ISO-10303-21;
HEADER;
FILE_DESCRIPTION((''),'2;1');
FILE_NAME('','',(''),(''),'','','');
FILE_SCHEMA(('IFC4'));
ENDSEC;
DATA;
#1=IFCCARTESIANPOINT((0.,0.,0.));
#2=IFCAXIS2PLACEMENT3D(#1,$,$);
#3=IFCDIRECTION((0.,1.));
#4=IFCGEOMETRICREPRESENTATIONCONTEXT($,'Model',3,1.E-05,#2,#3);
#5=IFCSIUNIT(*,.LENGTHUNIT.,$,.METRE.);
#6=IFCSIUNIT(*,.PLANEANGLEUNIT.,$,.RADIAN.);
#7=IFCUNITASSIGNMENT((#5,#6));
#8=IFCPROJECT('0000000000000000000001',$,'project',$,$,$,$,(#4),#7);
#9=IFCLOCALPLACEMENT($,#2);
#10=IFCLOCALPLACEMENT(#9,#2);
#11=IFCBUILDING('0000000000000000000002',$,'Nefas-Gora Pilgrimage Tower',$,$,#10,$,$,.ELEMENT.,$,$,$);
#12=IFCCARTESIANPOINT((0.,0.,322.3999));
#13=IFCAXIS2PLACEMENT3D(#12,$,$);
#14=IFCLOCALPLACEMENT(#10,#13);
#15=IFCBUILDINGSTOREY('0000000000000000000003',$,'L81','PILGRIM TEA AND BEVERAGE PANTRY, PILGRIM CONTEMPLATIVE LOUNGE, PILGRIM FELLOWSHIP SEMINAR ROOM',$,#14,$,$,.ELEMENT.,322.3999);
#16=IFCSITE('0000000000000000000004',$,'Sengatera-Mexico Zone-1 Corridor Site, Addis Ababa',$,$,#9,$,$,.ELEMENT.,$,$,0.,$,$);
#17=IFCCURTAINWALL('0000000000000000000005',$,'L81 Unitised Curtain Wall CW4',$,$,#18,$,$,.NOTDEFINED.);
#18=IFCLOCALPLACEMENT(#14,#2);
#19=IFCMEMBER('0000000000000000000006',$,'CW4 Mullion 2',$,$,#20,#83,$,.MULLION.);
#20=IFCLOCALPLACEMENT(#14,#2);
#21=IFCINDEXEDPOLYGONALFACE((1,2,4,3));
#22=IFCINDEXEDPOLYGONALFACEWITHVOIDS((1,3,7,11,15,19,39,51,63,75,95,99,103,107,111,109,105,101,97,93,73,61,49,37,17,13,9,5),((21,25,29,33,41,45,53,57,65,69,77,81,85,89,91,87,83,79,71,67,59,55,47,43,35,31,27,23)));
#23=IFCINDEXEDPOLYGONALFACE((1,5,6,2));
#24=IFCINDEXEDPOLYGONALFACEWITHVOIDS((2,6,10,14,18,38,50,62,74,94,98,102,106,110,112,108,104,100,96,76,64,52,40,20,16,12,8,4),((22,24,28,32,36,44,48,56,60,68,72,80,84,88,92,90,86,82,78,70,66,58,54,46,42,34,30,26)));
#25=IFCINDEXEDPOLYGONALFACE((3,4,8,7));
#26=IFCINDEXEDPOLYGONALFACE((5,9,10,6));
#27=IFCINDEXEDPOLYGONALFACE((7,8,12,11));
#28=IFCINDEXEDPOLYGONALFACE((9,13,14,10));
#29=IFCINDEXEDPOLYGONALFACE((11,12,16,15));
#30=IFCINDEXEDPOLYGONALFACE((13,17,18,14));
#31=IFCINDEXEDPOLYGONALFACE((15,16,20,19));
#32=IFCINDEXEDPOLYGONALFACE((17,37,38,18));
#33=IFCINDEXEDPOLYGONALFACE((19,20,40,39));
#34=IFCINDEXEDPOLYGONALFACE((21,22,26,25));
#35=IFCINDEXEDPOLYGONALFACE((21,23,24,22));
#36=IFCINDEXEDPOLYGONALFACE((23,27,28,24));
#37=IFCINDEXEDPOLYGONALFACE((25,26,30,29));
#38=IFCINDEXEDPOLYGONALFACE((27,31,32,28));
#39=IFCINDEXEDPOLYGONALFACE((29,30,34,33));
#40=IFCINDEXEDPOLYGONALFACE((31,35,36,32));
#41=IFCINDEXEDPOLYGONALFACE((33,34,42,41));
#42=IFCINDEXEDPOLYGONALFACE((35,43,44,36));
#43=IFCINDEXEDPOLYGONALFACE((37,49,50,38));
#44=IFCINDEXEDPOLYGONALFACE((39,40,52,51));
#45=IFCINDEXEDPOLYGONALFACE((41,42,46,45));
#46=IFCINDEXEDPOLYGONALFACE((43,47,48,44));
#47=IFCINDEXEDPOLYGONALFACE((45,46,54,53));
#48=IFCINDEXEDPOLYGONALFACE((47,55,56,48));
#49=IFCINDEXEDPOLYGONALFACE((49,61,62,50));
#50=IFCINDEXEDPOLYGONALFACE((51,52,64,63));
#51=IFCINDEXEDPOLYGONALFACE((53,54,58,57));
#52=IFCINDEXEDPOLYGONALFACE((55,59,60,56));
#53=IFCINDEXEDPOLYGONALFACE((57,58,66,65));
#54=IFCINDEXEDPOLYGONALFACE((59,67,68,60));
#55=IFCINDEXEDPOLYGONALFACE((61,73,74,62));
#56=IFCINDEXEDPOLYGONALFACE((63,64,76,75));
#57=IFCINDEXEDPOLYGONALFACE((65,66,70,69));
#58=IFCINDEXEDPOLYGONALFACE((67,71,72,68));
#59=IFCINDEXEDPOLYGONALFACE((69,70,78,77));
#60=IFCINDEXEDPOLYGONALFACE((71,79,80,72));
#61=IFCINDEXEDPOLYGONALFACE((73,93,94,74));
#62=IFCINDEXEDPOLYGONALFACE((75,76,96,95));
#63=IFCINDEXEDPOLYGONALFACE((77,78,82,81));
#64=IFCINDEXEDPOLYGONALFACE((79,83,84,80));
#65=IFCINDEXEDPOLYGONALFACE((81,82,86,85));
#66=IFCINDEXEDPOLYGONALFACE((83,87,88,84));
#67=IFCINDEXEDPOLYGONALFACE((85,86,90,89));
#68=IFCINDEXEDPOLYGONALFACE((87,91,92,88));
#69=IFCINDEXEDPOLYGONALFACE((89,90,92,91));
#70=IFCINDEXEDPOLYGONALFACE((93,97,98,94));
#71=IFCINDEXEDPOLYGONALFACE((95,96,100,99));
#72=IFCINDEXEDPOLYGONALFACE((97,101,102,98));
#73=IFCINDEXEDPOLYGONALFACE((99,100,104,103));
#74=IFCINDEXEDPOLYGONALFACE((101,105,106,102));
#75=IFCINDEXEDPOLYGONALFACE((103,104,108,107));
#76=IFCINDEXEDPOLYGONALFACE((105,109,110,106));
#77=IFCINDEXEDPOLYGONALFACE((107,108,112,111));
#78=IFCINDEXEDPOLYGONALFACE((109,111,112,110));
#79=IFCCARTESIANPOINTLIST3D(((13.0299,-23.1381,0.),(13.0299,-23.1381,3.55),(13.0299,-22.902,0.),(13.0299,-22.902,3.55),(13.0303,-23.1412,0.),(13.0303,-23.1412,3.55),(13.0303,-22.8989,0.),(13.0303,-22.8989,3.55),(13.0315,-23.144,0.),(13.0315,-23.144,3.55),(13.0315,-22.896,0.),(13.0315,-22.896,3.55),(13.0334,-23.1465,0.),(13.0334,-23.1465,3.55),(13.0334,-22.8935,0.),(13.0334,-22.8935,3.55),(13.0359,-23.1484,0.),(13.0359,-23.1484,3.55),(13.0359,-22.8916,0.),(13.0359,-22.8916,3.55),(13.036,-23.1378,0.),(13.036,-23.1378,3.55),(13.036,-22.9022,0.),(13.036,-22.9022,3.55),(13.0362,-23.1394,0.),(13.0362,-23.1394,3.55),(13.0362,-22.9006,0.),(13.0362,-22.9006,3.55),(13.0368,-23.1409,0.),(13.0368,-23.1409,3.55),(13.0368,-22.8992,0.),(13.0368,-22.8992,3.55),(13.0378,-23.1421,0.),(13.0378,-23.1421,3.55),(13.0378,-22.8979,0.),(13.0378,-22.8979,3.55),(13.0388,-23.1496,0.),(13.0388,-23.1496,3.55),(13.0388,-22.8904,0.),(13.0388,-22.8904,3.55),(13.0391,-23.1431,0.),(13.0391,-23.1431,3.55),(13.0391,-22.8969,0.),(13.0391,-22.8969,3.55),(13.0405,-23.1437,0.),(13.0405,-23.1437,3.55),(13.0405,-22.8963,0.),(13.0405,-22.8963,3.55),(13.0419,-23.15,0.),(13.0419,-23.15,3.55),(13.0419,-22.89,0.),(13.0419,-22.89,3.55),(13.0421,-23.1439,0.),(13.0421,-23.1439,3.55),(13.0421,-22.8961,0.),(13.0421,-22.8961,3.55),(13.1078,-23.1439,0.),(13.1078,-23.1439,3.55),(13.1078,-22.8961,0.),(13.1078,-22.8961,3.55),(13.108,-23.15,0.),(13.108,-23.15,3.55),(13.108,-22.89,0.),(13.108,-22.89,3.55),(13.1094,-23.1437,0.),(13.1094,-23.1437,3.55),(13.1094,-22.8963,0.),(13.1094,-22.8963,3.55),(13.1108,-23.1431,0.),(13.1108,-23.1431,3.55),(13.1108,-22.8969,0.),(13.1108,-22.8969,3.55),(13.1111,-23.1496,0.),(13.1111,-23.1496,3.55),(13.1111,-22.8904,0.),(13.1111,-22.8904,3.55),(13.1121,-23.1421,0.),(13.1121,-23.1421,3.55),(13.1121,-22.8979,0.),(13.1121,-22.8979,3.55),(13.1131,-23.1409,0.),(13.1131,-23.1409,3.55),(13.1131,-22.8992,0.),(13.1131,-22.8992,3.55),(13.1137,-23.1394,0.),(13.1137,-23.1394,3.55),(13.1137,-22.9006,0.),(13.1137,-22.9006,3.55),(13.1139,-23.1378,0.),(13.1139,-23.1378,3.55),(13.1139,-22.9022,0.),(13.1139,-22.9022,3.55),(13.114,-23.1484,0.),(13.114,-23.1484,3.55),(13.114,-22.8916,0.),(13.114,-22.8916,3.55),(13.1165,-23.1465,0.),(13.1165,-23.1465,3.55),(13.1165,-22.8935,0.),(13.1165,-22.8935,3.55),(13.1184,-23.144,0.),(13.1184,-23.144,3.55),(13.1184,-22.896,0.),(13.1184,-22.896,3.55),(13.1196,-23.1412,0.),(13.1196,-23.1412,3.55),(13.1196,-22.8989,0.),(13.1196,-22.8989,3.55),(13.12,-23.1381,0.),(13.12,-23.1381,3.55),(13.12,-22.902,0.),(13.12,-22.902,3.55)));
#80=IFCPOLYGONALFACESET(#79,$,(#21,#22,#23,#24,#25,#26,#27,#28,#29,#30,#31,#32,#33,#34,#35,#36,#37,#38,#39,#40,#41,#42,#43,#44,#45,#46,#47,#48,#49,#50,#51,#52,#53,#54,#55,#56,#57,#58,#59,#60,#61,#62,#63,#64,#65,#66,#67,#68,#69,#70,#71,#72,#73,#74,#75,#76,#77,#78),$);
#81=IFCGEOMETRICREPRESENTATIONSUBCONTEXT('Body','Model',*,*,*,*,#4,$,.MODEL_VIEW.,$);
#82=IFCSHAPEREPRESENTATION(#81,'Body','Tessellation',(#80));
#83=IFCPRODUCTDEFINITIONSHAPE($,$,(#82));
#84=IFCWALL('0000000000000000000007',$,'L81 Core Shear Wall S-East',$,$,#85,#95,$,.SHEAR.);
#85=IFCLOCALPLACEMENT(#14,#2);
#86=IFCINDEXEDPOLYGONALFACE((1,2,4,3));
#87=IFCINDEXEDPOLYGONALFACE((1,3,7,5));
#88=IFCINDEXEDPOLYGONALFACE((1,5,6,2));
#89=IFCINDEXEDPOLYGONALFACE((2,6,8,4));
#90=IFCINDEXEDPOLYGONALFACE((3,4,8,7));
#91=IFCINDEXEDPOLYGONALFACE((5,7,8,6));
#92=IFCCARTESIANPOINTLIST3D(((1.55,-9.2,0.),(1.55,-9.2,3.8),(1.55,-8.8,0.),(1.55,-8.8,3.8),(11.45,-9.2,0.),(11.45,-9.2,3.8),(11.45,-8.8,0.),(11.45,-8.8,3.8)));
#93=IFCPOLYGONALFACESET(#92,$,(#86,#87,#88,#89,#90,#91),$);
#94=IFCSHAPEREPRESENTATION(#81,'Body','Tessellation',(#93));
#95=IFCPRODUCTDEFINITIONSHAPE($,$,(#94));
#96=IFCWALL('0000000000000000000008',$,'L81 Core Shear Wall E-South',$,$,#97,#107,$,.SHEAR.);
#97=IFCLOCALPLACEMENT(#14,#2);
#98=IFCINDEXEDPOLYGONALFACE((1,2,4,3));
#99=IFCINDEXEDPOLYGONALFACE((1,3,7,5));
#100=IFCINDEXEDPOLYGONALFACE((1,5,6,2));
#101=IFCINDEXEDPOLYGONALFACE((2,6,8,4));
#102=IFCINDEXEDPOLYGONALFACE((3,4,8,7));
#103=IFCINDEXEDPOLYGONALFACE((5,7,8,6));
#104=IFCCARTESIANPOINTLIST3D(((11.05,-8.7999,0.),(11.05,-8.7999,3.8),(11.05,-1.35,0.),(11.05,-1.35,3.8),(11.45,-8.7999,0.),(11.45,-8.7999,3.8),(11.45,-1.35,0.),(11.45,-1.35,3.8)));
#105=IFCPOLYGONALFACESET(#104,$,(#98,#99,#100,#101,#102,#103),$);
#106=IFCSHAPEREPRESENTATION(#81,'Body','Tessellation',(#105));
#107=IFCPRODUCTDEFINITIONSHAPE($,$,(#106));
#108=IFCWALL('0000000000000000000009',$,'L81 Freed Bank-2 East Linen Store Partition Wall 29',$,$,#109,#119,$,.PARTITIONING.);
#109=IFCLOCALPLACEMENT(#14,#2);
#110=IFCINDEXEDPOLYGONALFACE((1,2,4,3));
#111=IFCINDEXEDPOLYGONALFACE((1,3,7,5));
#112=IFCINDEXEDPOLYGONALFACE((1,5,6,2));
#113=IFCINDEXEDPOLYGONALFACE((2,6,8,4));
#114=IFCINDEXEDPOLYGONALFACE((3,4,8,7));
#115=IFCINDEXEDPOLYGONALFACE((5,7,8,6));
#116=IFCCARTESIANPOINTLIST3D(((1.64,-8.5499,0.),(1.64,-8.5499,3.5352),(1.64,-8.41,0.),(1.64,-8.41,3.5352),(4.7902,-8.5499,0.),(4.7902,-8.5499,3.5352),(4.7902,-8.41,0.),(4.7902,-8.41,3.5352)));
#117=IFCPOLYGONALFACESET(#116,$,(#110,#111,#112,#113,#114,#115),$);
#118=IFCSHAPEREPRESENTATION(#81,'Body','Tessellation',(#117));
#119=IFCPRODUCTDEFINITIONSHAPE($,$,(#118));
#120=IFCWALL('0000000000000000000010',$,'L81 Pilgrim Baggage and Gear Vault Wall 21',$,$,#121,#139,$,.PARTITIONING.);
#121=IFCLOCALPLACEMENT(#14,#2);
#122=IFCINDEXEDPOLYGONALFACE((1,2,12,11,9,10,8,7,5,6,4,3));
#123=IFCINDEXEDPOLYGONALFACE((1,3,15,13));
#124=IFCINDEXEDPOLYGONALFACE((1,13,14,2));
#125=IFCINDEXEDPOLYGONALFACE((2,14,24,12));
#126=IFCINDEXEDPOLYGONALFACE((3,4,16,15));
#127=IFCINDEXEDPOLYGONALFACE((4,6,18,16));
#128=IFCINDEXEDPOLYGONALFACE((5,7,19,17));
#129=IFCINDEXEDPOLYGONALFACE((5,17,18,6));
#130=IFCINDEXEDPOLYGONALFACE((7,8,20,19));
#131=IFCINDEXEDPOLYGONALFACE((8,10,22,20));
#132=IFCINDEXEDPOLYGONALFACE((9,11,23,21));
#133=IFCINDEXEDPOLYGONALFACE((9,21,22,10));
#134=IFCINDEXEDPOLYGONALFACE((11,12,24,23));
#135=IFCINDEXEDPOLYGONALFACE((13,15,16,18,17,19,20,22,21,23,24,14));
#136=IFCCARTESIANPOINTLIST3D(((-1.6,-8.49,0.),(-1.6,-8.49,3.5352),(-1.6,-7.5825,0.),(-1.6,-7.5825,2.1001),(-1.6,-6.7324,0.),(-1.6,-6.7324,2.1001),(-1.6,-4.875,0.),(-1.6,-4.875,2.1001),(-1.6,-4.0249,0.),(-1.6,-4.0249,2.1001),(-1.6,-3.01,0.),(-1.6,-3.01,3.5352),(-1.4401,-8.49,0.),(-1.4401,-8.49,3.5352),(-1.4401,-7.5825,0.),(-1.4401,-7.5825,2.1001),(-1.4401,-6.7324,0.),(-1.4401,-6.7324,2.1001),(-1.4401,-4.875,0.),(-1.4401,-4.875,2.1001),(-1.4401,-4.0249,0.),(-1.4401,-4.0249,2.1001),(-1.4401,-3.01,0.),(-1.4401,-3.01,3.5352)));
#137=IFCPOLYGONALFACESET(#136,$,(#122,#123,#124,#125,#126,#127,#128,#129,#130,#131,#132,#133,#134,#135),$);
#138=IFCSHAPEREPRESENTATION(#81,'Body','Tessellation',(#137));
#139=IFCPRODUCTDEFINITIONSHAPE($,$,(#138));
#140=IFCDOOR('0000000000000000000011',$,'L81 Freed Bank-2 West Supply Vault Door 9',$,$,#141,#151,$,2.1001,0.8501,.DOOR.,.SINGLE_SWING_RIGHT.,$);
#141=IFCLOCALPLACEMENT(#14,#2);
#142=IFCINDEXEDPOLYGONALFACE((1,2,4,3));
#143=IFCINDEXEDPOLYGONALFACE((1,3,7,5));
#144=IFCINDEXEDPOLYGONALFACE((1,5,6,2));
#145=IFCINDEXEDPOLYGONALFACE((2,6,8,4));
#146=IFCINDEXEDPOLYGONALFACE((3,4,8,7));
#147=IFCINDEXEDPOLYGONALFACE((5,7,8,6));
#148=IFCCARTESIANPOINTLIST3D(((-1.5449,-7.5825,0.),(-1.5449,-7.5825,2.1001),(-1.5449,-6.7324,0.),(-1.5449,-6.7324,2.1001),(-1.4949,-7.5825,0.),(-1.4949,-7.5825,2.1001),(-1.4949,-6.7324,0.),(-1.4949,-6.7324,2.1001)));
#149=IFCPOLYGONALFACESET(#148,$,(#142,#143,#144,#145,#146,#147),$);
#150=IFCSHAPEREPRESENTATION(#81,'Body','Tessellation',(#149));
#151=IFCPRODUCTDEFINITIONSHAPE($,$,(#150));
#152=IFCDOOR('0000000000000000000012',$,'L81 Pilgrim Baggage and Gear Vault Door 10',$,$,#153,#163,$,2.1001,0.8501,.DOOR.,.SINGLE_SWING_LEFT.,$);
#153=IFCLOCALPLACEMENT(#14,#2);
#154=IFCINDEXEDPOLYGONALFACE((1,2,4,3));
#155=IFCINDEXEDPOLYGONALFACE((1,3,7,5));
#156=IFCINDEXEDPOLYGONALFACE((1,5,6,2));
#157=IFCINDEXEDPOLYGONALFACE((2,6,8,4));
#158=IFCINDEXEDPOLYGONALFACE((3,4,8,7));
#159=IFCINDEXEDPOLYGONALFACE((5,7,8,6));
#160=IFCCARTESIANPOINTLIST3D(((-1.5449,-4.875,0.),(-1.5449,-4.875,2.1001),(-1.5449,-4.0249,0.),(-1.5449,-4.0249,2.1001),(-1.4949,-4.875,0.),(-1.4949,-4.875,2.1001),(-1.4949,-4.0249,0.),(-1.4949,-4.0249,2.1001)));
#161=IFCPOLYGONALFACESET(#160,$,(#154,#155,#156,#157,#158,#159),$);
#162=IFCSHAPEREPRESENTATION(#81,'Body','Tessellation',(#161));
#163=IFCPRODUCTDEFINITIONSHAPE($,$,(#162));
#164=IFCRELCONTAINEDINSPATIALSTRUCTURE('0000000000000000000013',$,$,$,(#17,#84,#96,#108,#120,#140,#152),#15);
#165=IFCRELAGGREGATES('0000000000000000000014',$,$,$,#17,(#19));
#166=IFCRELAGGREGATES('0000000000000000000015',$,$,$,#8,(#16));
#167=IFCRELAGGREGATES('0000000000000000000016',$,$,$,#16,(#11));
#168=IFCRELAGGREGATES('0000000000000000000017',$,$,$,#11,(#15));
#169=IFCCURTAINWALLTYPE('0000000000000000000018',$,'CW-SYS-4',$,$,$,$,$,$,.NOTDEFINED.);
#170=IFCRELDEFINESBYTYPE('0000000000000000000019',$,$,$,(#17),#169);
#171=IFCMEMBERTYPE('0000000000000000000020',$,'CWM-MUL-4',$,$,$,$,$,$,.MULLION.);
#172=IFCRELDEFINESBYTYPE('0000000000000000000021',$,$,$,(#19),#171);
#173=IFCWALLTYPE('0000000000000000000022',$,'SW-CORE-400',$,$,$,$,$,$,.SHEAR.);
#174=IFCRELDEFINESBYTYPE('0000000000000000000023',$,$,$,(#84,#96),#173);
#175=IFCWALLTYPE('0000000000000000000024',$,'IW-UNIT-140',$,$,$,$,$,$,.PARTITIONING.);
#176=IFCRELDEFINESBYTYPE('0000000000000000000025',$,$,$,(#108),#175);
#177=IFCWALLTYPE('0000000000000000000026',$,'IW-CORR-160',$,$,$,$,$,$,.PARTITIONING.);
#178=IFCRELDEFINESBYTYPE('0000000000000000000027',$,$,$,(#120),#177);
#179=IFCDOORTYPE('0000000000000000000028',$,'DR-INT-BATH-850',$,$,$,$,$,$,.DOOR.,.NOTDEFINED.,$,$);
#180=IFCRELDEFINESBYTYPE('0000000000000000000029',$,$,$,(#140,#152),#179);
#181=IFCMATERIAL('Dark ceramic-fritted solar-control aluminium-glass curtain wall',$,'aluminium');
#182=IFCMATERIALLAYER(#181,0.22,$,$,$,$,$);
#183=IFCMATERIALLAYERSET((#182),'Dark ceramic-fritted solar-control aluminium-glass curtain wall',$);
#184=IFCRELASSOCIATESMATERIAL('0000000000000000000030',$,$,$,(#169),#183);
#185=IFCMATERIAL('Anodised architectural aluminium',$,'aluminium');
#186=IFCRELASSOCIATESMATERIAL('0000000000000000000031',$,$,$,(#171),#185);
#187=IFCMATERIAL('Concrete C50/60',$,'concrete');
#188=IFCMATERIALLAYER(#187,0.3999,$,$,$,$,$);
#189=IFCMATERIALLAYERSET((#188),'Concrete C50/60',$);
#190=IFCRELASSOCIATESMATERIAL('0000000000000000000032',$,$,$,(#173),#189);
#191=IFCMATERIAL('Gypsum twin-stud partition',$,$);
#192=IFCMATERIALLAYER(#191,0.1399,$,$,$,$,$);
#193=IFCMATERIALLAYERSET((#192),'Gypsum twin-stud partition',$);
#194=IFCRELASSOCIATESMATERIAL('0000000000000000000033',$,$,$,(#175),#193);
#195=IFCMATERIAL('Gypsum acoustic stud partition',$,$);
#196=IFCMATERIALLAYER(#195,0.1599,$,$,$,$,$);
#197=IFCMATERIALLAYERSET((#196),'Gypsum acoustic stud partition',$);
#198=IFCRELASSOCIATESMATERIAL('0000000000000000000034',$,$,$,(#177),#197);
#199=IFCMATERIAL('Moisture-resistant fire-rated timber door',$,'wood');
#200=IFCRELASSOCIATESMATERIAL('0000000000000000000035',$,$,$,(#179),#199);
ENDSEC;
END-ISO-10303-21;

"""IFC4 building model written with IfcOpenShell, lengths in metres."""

from ifc_helpers import new_model, si_unit, direction, frame, frame_2d, origin, origin_2d, place, context, subcontext, project, spatial, rectangle, hollow_rectangle, extrude, source, transform, mapped, material, layer, layer_set, material_profile, profile_set, type_object, element, fill, aggregate, save


model = new_model("IFC4")

# Units and contexts
model_context = context("Model", 3, precision=1e-05, world=origin(), true_north=direction((0.0, 1.0)))
body_context = subcontext(model_context, "Body", "Model", "MODEL_VIEW")
ifc_project = project(units=[si_unit("LENGTHUNIT", "METRE"), si_unit("PLANEANGLEUNIT", "RADIAN")], contexts=[model_context])

# Site, building, storey
site_placement = place(None, origin())
site = spatial("IfcSite", under=ifc_project, at=site_placement, Name="Sengatera-Mexico Zone-1 Corridor Site, Addis Ababa", CompositionType="ELEMENT", RefElevation=0.0)
building_placement = place(site_placement, origin())
building = spatial("IfcBuilding", under=site, at=building_placement, Name="Nefas-Gora Pilgrimage Tower", CompositionType="ELEMENT")
storey_placement = place(building_placement, frame((0.0, 0.0, 322.3999)))
storey = spatial("IfcBuildingStorey", under=building, at=storey_placement, Name="L81", Description="PILGRIM TEA AND BEVERAGE PANTRY, PILGRIM CONTEMPLATIVE LOUNGE, PILGRIM FELLOWSHIP SEMINAR ROOM", CompositionType="ELEMENT", Elevation=322.3999)

# Shared definitions
ifc_material_1 = material(Name="Concrete C50/60", Category="concrete")

# Curtain wall, member
ifc_material_2 = material(Name="Dark ceramic-fritted solar-control aluminium-glass curtain wall", Category="aluminium")
ifc_layer_1 = layer(ifc_material_2, 0.22)
ifc_layer_set_1 = layer_set([ifc_layer_1], Name="Dark ceramic-fritted solar-control aluminium-glass curtain wall")
curtain_wall_type = type_object("IfcCurtainWallType", Name="CW-SYS-4", PredefinedType="NOTDEFINED", material=ifc_layer_set_1)
curtain_wall_placement = place(storey_placement, origin())
curtain_wall = element("IfcCurtainWall", 1, at=curtain_wall_placement, inside=storey, type_object=curtain_wall_type, Name="L81 Unitised Curtain Wall CW4", PredefinedType="NOTDEFINED")
ifc_material_3 = material(Name="Anodised architectural aluminium", Category="aluminium")
ifc_material_profile_1 = material_profile(ifc_material_3, hollow_rectangle(XDim=0.0901, YDim=0.26, WallThickness=0.0061, InnerFilletRadius=0.0061, OuterFilletRadius=0.012, at=origin_2d()), Name="ALU MULLION 90x260")
ifc_profile_set_1 = profile_set([ifc_material_profile_1], Name="Anodised architectural aluminium")
member_type = type_object("IfcMemberType", Name="CWM-MUL-4", PredefinedType="MULLION", material=ifc_profile_set_1)
shared_shape_1 = source(origin(), body_context, "Body", "SweptSolid", [
    extrude(hollow_rectangle(XDim=0.0901, YDim=0.26, WallThickness=0.0061, InnerFilletRadius=0.0061, OuterFilletRadius=0.012, at=origin_2d()), origin(), (0.0, 0.0, 1.0), 3.55),
])
member_placement = place(storey_placement, frame((13.075, -23.02, 0.0), z_axis=(0.0, 0.0, 1.0), x_axis=(1.0, 0.0, 0.0)))
member = element("IfcMember", 2, at=member_placement, type_object=member_type, Name="CW4 Mullion 2", PredefinedType="MULLION", context=body_context, shape_type="MappedRepresentation", body=[
    mapped(shared_shape_1, transform((0.0, 0.0, 0.0), x_axis=(1.0, 0.0, 0.0), y_axis=(0.0, 1.0, 0.0), z_axis=(0.0, 0.0, 1.0), scale=1.0)),
])
aggregate(curtain_wall, [member])

# Walls
ifc_layer_2 = layer(ifc_material_1, 0.3999)
ifc_layer_set_2 = layer_set([ifc_layer_2], Name="Concrete C50/60")
wall_type_1 = type_object("IfcWallType", Name="SW-CORE-400", PredefinedType="SHEAR", material=ifc_layer_set_2)
shared_shape_2 = source(origin(), body_context, "Body", "SweptSolid", [
    extrude(rectangle(XDim=9.8999, YDim=0.3999, at=frame_2d((4.95, 0.0))), origin(), (0.0, 0.0, 1.0), 3.8),
])
wall_1_placement = place(storey_placement, frame((1.55, -9.0, 0.0), z_axis=(0.0, 0.0, 1.0), x_axis=(1.0, 0.0, 0.0)))
element("IfcWall", 3, at=wall_1_placement, inside=storey, type_object=wall_type_1, Name="L81 Core Shear Wall S-East", PredefinedType="SHEAR", context=body_context, shape_type="MappedRepresentation", body=[
    mapped(shared_shape_2, transform((0.0, 0.0, 0.0), x_axis=(1.0, 0.0, 0.0), y_axis=(0.0, 1.0, 0.0), z_axis=(0.0, 0.0, 1.0), scale=1.0)),
])
shared_shape_3 = source(origin(), body_context, "Body", "SweptSolid", [
    extrude(rectangle(XDim=7.45, YDim=0.3999, at=frame_2d((3.7251, 0.0))), origin(), (0.0, 0.0, 1.0), 3.8),
])
wall_2_placement = place(storey_placement, frame((11.25, -8.8, 0.0), z_axis=(0.0, 0.0, 1.0), x_axis=(0.0, 1.0, 0.0)))
element("IfcWall", 4, at=wall_2_placement, inside=storey, type_object=wall_type_1, Name="L81 Core Shear Wall E-South", PredefinedType="SHEAR", context=body_context, shape_type="MappedRepresentation", body=[
    mapped(shared_shape_3, transform((0.0, 0.0, 0.0), x_axis=(1.0, 0.0, 0.0), y_axis=(0.0, 1.0, 0.0), z_axis=(0.0, 0.0, 1.0), scale=1.0)),
])
ifc_material_4 = material(Name="Gypsum twin-stud partition")
ifc_layer_3 = layer(ifc_material_4, 0.1399)
ifc_layer_set_3 = layer_set([ifc_layer_3], Name="Gypsum twin-stud partition")
wall_type_2 = type_object("IfcWallType", Name="IW-UNIT-140", PredefinedType="PARTITIONING", material=ifc_layer_set_3)
shared_shape_4 = source(origin(), body_context, "Body", "SweptSolid", [
    extrude(rectangle(XDim=3.1501, YDim=0.1399, at=frame_2d((1.5752, 0.0))), origin(), (0.0, 0.0, 1.0), 3.5352),
])
wall_3_placement = place(storey_placement, frame((1.6399, -8.48, 0.0), z_axis=(0.0, 0.0, 1.0), x_axis=(1.0, 0.0, 0.0)))
element("IfcWall", 5, at=wall_3_placement, inside=storey, type_object=wall_type_2, Name="L81 Freed Bank-2 East Linen Store Partition Wall 29", PredefinedType="PARTITIONING", context=body_context, shape_type="MappedRepresentation", body=[
    mapped(shared_shape_4, transform((0.0, 0.0, 0.0), x_axis=(1.0, 0.0, 0.0), y_axis=(0.0, 1.0, 0.0), z_axis=(0.0, 0.0, 1.0), scale=1.0)),
])

# Wall, openings, doors
ifc_material_5 = material(Name="Gypsum acoustic stud partition")
ifc_layer_4 = layer(ifc_material_5, 0.1599)
ifc_layer_set_4 = layer_set([ifc_layer_4], Name="Gypsum acoustic stud partition")
wall_type_3 = type_object("IfcWallType", Name="IW-CORR-160", PredefinedType="PARTITIONING", material=ifc_layer_set_4)
shared_shape_5 = source(origin(), body_context, "Body", "SweptSolid", [
    extrude(rectangle(XDim=5.48, YDim=0.1599, at=frame_2d((2.74, 0.0))), origin(), (0.0, 0.0, 1.0), 3.5352),
])
wall_4_placement = place(storey_placement, frame((-1.52, -8.49, 0.0), z_axis=(0.0, 0.0, 1.0), x_axis=(0.0, 1.0, 0.0)))
wall_4 = element("IfcWall", 6, at=wall_4_placement, inside=storey, type_object=wall_type_3, Name="L81 Pilgrim Baggage and Gear Vault Wall 21", PredefinedType="PARTITIONING", context=body_context, shape_type="MappedRepresentation", body=[
    mapped(shared_shape_5, transform((0.0, 0.0, 0.0), x_axis=(1.0, 0.0, 0.0), y_axis=(0.0, 1.0, 0.0), z_axis=(0.0, 0.0, 1.0), scale=1.0)),
])
opening_1_placement = place(wall_4_placement, frame((0.9075, 0.0, 0.0)))
opening_1 = element("IfcOpeningElement", 7, at=opening_1_placement, cuts=wall_4, PredefinedType="OPENING", context=body_context, shape_type="SweptSolid", body=[
    extrude(rectangle(XDim=0.8501, YDim=2.1001, at=frame_2d((0.425, 1.05))), frame((0.0, 0.0898, 0.0), z_axis=(0.0, -1.0, 0.0), x_axis=(1.0, 0.0, 0.0)), (0.0, 0.0, 1.0), 0.1799),
])
opening_2_placement = place(wall_4_placement, frame((3.615, 0.0, 0.0)))
opening_2 = element("IfcOpeningElement", 8, at=opening_2_placement, cuts=wall_4, PredefinedType="OPENING", context=body_context, shape_type="SweptSolid", body=[
    extrude(rectangle(XDim=0.8501, YDim=2.1001, at=frame_2d((0.425, 1.05))), frame((0.0, 0.0898, 0.0), z_axis=(0.0, -1.0, 0.0), x_axis=(1.0, 0.0, 0.0)), (0.0, 0.0, 1.0), 0.1799),
])
ifc_material_6 = material(Name="Moisture-resistant fire-rated timber door", Category="wood")
door_type_1 = type_object("IfcDoorType", Name="DR-INT-BATH-850", OperationType="NOTDEFINED", PredefinedType="DOOR", material=ifc_material_6)
shared_shape_6 = source(origin(), body_context, "Body", "SweptSolid", [
    extrude(rectangle(XDim=0.8501, YDim=2.1001, at=frame_2d((0.425, 1.05))), frame((0.0, 0.0249, 0.0), z_axis=(0.0, -1.0, 0.0), x_axis=(1.0, 0.0, 0.0)), (0.0, 0.0, 1.0), 0.05),
])
door_1_placement = place(opening_1_placement, origin())
door_1 = element("IfcDoor", 9, at=door_1_placement, inside=storey, type_object=door_type_1, Name="L81 Freed Bank-2 West Supply Vault Door 9", OperationType="SINGLE_SWING_RIGHT", OverallHeight=2.1001, OverallWidth=0.8501, PredefinedType="DOOR", context=body_context, shape_type="MappedRepresentation", body=[
    mapped(shared_shape_6, transform((0.0, 0.0, 0.0), x_axis=(1.0, 0.0, 0.0), y_axis=(0.0, 1.0, 0.0), z_axis=(0.0, 0.0, 1.0), scale=1.0)),
])
fill(opening_1, door_1)
door_2_placement = place(opening_2_placement, origin())
door_2 = element("IfcDoor", 10, at=door_2_placement, inside=storey, type_object=door_type_1, Name="L81 Pilgrim Baggage and Gear Vault Door 10", OperationType="SINGLE_SWING_LEFT", OverallHeight=2.1001, OverallWidth=0.8501, PredefinedType="DOOR", context=body_context, shape_type="MappedRepresentation", body=[
    mapped(shared_shape_6, transform((0.0, 0.0, 0.0), x_axis=(1.0, 0.0, 0.0), y_axis=(0.0, 1.0, 0.0), z_axis=(0.0, 0.0, 1.0), scale=1.0)),
])
fill(opening_2, door_2)

save(model, "model.ifc")
